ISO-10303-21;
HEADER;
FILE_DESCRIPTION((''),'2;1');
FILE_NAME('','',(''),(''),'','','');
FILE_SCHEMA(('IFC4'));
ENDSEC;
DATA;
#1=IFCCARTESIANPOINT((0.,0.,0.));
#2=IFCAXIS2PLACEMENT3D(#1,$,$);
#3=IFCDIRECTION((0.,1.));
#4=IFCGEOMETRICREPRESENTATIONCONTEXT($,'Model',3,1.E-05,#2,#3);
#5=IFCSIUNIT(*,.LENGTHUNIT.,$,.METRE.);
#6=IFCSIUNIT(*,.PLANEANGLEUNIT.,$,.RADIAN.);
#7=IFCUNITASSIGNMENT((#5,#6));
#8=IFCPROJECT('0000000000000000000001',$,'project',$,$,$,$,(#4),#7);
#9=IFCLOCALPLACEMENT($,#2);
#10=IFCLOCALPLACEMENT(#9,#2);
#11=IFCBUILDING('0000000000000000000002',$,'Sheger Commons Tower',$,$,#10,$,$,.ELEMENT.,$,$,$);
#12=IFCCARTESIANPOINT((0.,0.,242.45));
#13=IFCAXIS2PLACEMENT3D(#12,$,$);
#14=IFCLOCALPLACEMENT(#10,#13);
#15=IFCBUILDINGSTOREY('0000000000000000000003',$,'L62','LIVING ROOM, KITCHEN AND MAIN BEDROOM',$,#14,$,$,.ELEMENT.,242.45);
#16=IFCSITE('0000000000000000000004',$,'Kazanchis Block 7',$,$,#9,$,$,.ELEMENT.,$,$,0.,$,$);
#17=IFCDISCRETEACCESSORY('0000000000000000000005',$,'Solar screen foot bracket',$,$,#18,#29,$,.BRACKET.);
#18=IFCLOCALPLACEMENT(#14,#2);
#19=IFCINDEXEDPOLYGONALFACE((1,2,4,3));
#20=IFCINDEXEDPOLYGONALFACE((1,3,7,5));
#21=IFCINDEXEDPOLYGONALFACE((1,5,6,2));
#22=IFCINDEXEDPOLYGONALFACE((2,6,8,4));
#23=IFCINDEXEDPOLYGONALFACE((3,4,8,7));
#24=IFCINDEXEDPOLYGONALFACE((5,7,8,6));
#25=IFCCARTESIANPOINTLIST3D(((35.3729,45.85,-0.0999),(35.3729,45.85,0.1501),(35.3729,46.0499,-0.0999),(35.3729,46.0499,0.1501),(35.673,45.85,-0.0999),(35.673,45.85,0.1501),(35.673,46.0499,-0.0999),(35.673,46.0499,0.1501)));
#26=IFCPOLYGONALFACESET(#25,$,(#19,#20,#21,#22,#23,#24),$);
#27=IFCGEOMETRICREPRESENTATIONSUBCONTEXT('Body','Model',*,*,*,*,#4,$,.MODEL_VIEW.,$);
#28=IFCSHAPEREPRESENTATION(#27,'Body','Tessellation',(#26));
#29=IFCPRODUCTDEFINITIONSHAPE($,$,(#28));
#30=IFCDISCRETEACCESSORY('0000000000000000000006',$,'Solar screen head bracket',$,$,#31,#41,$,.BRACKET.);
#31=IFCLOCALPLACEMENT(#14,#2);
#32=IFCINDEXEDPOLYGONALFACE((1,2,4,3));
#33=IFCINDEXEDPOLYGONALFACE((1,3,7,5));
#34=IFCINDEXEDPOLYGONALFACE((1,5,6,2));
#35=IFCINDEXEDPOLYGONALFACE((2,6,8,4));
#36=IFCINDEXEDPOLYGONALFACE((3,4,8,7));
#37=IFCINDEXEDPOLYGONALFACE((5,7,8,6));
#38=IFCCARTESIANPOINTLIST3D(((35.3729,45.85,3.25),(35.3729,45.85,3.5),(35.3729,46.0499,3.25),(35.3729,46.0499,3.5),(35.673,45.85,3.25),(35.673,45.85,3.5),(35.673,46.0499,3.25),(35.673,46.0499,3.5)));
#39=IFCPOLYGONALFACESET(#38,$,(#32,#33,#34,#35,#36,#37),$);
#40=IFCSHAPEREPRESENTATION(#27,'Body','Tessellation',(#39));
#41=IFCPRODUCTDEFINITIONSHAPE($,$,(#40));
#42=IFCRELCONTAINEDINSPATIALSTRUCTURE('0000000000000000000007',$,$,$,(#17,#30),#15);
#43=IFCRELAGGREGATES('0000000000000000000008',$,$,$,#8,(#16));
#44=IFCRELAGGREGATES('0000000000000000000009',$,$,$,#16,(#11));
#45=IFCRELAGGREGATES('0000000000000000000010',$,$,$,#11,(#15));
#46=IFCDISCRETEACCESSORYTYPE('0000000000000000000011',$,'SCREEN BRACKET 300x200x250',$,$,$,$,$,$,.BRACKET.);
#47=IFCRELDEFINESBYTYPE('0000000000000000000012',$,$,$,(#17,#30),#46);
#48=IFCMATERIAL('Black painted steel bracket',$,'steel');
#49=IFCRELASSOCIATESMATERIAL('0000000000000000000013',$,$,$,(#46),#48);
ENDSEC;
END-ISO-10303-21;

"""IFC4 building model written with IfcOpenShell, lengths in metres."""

from ifc_helpers import new_model, si_unit, direction, frame, origin, origin_2d, place, context, subcontext, project, spatial, rectangle, extrude, material, type_object, element, save


model = new_model("IFC4")

# Units and contexts
model_context = context("Model", 3, precision=1e-05, world=origin(), true_north=direction((0.0, 1.0)))
body_context = subcontext(model_context, "Body", "Model", "MODEL_VIEW")
ifc_project = project(units=[si_unit("LENGTHUNIT", "METRE"), si_unit("PLANEANGLEUNIT", "RADIAN")], contexts=[model_context])

# Site, building, storey
site_placement = place(None, origin())
site = spatial("IfcSite", under=ifc_project, at=site_placement, Name="Kazanchis Block 7", CompositionType="ELEMENT", RefElevation=0.0)
building_placement = place(site_placement, origin())
building = spatial("IfcBuilding", under=site, at=building_placement, Name="Sheger Commons Tower", CompositionType="ELEMENT")
storey_placement = place(building_placement, frame((0.0, 0.0, 242.45)))
storey = spatial("IfcBuildingStorey", under=building, at=storey_placement, Name="L62", Description="LIVING ROOM, KITCHEN AND MAIN BEDROOM", CompositionType="ELEMENT", Elevation=242.45)

# Discrete accessories
ifc_material_1 = material(Name="Black painted steel bracket", Category="steel")
discrete_accessory_type = type_object("IfcDiscreteAccessoryType", Name="SCREEN BRACKET 300x200x250", PredefinedType="BRACKET", material=ifc_material_1)
for number, where, z_axis, x_axis, name in (
    (1, (35.5229, 45.95, -0.0999), (0.0, 0.0, 1.0), (-1.0, 0.0, 0.0), "Solar screen foot bracket"),
    (2, (35.5229, 45.95, 3.25), (0.0, 0.0, 1.0), (-1.0, 0.0, 0.0), "Solar screen head bracket"),
):
    element("IfcDiscreteAccessory", number, at=place(storey_placement, frame(where, z_axis=z_axis, x_axis=x_axis)), inside=storey, type_object=discrete_accessory_type, Name=name, PredefinedType="BRACKET", context=body_context, shape_type="SweptSolid", body=[
        extrude(rectangle(XDim=0.3, YDim=0.2, at=origin_2d()), origin(), (0.0, 0.0, 1.0), 0.25),
    ])

save(model, "model.ifc")
